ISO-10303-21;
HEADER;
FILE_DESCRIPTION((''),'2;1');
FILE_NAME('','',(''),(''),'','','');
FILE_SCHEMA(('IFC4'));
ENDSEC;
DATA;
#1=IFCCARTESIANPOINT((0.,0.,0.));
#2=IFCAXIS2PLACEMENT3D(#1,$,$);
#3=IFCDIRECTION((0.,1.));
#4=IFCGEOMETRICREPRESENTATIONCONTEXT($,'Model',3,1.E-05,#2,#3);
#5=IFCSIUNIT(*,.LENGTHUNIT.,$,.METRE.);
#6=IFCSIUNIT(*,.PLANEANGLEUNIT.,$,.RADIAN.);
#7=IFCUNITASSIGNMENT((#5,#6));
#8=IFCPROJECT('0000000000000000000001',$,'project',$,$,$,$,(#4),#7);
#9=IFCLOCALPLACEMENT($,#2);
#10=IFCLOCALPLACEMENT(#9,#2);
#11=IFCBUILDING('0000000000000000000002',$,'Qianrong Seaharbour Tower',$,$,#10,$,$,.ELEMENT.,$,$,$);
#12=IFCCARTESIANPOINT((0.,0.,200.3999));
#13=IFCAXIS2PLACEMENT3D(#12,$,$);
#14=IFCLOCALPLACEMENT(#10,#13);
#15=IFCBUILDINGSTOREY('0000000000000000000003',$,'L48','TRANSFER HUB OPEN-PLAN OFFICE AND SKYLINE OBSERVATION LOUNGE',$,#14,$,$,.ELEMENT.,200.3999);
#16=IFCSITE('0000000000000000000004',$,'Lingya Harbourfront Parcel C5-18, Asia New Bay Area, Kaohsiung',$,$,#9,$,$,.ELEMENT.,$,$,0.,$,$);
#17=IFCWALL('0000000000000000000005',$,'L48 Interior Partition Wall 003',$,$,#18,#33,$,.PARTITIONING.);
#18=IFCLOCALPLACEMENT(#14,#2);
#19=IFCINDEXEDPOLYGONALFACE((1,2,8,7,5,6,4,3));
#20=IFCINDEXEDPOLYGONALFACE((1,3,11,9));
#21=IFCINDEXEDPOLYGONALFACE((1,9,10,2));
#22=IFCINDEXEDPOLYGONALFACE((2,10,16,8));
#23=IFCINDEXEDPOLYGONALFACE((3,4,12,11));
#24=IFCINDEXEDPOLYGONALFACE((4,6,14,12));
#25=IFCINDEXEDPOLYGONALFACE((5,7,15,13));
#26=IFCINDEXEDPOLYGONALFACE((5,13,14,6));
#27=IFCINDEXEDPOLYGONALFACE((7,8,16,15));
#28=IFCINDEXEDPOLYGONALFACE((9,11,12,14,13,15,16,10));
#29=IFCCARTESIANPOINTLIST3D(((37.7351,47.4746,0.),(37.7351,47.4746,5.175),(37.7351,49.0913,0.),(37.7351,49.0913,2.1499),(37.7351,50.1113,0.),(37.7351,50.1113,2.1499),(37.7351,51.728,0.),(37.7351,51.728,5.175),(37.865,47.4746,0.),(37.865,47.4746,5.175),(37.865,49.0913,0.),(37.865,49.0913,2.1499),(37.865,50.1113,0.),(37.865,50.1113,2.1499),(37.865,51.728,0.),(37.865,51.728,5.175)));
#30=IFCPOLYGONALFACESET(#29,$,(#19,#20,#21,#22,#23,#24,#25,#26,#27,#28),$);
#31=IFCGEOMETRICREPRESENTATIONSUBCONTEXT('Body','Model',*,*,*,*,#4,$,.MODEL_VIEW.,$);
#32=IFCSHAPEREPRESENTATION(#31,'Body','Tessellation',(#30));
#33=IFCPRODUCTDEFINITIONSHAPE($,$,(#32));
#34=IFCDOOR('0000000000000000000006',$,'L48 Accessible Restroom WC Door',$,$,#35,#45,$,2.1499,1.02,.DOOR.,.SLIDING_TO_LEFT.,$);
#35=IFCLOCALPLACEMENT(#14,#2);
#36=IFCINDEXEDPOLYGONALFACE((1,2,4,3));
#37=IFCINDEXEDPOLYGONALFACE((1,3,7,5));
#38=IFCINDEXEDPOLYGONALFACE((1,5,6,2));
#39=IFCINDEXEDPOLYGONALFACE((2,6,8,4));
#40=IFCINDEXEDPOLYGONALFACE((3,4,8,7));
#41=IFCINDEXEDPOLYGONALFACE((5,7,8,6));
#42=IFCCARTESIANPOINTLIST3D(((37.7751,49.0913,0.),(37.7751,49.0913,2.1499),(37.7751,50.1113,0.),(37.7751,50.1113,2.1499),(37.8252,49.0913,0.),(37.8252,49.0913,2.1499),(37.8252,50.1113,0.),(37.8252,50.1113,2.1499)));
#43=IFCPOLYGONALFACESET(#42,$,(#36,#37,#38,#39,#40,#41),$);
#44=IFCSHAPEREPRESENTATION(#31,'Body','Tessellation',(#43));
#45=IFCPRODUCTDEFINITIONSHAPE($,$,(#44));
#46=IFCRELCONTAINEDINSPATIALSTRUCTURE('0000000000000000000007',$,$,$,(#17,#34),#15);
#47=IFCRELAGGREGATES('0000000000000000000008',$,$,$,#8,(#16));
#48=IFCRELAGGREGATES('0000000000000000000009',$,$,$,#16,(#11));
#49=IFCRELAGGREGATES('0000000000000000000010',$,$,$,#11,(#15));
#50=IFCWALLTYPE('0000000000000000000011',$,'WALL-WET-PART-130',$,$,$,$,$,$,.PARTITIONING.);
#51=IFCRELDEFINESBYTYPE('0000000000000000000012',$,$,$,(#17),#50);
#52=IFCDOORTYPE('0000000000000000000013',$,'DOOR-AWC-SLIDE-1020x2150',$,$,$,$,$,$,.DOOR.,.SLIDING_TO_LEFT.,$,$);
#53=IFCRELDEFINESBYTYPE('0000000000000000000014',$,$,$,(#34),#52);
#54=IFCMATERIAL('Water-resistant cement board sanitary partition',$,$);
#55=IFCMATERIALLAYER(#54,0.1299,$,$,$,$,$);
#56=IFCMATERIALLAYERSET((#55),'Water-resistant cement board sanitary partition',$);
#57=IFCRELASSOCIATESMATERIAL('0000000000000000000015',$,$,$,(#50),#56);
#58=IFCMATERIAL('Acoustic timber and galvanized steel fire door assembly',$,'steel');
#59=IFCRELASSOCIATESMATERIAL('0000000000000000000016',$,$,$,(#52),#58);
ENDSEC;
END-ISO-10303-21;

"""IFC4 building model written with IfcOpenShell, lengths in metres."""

from ifc_helpers import new_model, si_unit, direction, frame, frame_2d, origin, place, context, subcontext, project, spatial, rectangle, extrude, material, layer, layer_set, type_object, element, fill, save


model = new_model("IFC4")

# Units and contexts
model_context = context("Model", 3, precision=1e-05, world=origin(), true_north=direction((0.0, 1.0)))
body_context = subcontext(model_context, "Body", "Model", "MODEL_VIEW")
ifc_project = project(units=[si_unit("LENGTHUNIT", "METRE"), si_unit("PLANEANGLEUNIT", "RADIAN")], contexts=[model_context])

# Site, building, storey
site_placement = place(None, origin())
site = spatial("IfcSite", under=ifc_project, at=site_placement, Name="Lingya Harbourfront Parcel C5-18, Asia New Bay Area, Kaohsiung", CompositionType="ELEMENT", RefElevation=0.0)
building_placement = place(site_placement, origin())
building = spatial("IfcBuilding", under=site, at=building_placement, Name="Qianrong Seaharbour Tower", CompositionType="ELEMENT")
storey_placement = place(building_placement, frame((0.0, 0.0, 200.3999)))
storey = spatial("IfcBuildingStorey", under=building, at=storey_placement, Name="L48", Description="TRANSFER HUB OPEN-PLAN OFFICE AND SKYLINE OBSERVATION LOUNGE", CompositionType="ELEMENT", Elevation=200.3999)

# Shared definitions
ifc_material_1 = material(Name="Acoustic timber and galvanized steel fire door assembly", Category="steel")

# Wall, opening, door
ifc_material_2 = material(Name="Water-resistant cement board sanitary partition")
ifc_layer_1 = layer(ifc_material_2, 0.1299)
ifc_layer_set_1 = layer_set([ifc_layer_1], Name="Water-resistant cement board sanitary partition")
wall_type_1 = type_object("IfcWallType", Name="WALL-WET-PART-130", PredefinedType="PARTITIONING", material=ifc_layer_set_1)
wall_1_placement = place(storey_placement, frame((37.8, 47.4746, 0.0), z_axis=(0.0, 0.0, 1.0), x_axis=(0.0, 1.0, 0.0)))
wall_1 = element("IfcWall", 1, at=wall_1_placement, inside=storey, type_object=wall_type_1, Name="L48 Interior Partition Wall 003", PredefinedType="PARTITIONING", context=body_context, shape_type="SweptSolid", body=[
    extrude(rectangle(XDim=4.2534, YDim=0.1299, at=frame_2d((2.1267, 0.0))), origin(), (0.0, 0.0, 1.0), 5.175),
])
opening_1_placement = place(wall_1_placement, frame((1.6167, 0.0, 0.0)))
opening_1 = element("IfcOpeningElement", 2, at=opening_1_placement, cuts=wall_1, PredefinedType="OPENING", context=body_context, shape_type="SweptSolid", body=[
    extrude(rectangle(XDim=1.02, YDim=2.1499, at=frame_2d((0.51, 1.075))), frame((0.0, 0.075, 0.0), z_axis=(0.0, -1.0, 0.0), x_axis=(1.0, 0.0, 0.0)), (0.0, 0.0, 1.0), 0.1499),
])
door_type_1 = type_object("IfcDoorType", Name="DOOR-AWC-SLIDE-1020x2150", OperationType="SLIDING_TO_LEFT", PredefinedType="DOOR", material=ifc_material_1)
door_1_placement = place(opening_1_placement, origin())
door_1 = element("IfcDoor", 3, at=door_1_placement, inside=storey, type_object=door_type_1, Name="L48 Accessible Restroom WC Door", OperationType="SLIDING_TO_LEFT", OverallHeight=2.1499, OverallWidth=1.02, PredefinedType="DOOR", context=body_context, shape_type="SweptSolid", body=[
    extrude(rectangle(XDim=1.02, YDim=2.1499, at=frame_2d((0.51, 1.075))), frame((0.0, 0.0249, 0.0), z_axis=(0.0, -1.0, 0.0), x_axis=(1.0, 0.0, 0.0)), (0.0, 0.0, 1.0), 0.05),
])
fill(opening_1, door_1)

save(model, "model.ifc")
